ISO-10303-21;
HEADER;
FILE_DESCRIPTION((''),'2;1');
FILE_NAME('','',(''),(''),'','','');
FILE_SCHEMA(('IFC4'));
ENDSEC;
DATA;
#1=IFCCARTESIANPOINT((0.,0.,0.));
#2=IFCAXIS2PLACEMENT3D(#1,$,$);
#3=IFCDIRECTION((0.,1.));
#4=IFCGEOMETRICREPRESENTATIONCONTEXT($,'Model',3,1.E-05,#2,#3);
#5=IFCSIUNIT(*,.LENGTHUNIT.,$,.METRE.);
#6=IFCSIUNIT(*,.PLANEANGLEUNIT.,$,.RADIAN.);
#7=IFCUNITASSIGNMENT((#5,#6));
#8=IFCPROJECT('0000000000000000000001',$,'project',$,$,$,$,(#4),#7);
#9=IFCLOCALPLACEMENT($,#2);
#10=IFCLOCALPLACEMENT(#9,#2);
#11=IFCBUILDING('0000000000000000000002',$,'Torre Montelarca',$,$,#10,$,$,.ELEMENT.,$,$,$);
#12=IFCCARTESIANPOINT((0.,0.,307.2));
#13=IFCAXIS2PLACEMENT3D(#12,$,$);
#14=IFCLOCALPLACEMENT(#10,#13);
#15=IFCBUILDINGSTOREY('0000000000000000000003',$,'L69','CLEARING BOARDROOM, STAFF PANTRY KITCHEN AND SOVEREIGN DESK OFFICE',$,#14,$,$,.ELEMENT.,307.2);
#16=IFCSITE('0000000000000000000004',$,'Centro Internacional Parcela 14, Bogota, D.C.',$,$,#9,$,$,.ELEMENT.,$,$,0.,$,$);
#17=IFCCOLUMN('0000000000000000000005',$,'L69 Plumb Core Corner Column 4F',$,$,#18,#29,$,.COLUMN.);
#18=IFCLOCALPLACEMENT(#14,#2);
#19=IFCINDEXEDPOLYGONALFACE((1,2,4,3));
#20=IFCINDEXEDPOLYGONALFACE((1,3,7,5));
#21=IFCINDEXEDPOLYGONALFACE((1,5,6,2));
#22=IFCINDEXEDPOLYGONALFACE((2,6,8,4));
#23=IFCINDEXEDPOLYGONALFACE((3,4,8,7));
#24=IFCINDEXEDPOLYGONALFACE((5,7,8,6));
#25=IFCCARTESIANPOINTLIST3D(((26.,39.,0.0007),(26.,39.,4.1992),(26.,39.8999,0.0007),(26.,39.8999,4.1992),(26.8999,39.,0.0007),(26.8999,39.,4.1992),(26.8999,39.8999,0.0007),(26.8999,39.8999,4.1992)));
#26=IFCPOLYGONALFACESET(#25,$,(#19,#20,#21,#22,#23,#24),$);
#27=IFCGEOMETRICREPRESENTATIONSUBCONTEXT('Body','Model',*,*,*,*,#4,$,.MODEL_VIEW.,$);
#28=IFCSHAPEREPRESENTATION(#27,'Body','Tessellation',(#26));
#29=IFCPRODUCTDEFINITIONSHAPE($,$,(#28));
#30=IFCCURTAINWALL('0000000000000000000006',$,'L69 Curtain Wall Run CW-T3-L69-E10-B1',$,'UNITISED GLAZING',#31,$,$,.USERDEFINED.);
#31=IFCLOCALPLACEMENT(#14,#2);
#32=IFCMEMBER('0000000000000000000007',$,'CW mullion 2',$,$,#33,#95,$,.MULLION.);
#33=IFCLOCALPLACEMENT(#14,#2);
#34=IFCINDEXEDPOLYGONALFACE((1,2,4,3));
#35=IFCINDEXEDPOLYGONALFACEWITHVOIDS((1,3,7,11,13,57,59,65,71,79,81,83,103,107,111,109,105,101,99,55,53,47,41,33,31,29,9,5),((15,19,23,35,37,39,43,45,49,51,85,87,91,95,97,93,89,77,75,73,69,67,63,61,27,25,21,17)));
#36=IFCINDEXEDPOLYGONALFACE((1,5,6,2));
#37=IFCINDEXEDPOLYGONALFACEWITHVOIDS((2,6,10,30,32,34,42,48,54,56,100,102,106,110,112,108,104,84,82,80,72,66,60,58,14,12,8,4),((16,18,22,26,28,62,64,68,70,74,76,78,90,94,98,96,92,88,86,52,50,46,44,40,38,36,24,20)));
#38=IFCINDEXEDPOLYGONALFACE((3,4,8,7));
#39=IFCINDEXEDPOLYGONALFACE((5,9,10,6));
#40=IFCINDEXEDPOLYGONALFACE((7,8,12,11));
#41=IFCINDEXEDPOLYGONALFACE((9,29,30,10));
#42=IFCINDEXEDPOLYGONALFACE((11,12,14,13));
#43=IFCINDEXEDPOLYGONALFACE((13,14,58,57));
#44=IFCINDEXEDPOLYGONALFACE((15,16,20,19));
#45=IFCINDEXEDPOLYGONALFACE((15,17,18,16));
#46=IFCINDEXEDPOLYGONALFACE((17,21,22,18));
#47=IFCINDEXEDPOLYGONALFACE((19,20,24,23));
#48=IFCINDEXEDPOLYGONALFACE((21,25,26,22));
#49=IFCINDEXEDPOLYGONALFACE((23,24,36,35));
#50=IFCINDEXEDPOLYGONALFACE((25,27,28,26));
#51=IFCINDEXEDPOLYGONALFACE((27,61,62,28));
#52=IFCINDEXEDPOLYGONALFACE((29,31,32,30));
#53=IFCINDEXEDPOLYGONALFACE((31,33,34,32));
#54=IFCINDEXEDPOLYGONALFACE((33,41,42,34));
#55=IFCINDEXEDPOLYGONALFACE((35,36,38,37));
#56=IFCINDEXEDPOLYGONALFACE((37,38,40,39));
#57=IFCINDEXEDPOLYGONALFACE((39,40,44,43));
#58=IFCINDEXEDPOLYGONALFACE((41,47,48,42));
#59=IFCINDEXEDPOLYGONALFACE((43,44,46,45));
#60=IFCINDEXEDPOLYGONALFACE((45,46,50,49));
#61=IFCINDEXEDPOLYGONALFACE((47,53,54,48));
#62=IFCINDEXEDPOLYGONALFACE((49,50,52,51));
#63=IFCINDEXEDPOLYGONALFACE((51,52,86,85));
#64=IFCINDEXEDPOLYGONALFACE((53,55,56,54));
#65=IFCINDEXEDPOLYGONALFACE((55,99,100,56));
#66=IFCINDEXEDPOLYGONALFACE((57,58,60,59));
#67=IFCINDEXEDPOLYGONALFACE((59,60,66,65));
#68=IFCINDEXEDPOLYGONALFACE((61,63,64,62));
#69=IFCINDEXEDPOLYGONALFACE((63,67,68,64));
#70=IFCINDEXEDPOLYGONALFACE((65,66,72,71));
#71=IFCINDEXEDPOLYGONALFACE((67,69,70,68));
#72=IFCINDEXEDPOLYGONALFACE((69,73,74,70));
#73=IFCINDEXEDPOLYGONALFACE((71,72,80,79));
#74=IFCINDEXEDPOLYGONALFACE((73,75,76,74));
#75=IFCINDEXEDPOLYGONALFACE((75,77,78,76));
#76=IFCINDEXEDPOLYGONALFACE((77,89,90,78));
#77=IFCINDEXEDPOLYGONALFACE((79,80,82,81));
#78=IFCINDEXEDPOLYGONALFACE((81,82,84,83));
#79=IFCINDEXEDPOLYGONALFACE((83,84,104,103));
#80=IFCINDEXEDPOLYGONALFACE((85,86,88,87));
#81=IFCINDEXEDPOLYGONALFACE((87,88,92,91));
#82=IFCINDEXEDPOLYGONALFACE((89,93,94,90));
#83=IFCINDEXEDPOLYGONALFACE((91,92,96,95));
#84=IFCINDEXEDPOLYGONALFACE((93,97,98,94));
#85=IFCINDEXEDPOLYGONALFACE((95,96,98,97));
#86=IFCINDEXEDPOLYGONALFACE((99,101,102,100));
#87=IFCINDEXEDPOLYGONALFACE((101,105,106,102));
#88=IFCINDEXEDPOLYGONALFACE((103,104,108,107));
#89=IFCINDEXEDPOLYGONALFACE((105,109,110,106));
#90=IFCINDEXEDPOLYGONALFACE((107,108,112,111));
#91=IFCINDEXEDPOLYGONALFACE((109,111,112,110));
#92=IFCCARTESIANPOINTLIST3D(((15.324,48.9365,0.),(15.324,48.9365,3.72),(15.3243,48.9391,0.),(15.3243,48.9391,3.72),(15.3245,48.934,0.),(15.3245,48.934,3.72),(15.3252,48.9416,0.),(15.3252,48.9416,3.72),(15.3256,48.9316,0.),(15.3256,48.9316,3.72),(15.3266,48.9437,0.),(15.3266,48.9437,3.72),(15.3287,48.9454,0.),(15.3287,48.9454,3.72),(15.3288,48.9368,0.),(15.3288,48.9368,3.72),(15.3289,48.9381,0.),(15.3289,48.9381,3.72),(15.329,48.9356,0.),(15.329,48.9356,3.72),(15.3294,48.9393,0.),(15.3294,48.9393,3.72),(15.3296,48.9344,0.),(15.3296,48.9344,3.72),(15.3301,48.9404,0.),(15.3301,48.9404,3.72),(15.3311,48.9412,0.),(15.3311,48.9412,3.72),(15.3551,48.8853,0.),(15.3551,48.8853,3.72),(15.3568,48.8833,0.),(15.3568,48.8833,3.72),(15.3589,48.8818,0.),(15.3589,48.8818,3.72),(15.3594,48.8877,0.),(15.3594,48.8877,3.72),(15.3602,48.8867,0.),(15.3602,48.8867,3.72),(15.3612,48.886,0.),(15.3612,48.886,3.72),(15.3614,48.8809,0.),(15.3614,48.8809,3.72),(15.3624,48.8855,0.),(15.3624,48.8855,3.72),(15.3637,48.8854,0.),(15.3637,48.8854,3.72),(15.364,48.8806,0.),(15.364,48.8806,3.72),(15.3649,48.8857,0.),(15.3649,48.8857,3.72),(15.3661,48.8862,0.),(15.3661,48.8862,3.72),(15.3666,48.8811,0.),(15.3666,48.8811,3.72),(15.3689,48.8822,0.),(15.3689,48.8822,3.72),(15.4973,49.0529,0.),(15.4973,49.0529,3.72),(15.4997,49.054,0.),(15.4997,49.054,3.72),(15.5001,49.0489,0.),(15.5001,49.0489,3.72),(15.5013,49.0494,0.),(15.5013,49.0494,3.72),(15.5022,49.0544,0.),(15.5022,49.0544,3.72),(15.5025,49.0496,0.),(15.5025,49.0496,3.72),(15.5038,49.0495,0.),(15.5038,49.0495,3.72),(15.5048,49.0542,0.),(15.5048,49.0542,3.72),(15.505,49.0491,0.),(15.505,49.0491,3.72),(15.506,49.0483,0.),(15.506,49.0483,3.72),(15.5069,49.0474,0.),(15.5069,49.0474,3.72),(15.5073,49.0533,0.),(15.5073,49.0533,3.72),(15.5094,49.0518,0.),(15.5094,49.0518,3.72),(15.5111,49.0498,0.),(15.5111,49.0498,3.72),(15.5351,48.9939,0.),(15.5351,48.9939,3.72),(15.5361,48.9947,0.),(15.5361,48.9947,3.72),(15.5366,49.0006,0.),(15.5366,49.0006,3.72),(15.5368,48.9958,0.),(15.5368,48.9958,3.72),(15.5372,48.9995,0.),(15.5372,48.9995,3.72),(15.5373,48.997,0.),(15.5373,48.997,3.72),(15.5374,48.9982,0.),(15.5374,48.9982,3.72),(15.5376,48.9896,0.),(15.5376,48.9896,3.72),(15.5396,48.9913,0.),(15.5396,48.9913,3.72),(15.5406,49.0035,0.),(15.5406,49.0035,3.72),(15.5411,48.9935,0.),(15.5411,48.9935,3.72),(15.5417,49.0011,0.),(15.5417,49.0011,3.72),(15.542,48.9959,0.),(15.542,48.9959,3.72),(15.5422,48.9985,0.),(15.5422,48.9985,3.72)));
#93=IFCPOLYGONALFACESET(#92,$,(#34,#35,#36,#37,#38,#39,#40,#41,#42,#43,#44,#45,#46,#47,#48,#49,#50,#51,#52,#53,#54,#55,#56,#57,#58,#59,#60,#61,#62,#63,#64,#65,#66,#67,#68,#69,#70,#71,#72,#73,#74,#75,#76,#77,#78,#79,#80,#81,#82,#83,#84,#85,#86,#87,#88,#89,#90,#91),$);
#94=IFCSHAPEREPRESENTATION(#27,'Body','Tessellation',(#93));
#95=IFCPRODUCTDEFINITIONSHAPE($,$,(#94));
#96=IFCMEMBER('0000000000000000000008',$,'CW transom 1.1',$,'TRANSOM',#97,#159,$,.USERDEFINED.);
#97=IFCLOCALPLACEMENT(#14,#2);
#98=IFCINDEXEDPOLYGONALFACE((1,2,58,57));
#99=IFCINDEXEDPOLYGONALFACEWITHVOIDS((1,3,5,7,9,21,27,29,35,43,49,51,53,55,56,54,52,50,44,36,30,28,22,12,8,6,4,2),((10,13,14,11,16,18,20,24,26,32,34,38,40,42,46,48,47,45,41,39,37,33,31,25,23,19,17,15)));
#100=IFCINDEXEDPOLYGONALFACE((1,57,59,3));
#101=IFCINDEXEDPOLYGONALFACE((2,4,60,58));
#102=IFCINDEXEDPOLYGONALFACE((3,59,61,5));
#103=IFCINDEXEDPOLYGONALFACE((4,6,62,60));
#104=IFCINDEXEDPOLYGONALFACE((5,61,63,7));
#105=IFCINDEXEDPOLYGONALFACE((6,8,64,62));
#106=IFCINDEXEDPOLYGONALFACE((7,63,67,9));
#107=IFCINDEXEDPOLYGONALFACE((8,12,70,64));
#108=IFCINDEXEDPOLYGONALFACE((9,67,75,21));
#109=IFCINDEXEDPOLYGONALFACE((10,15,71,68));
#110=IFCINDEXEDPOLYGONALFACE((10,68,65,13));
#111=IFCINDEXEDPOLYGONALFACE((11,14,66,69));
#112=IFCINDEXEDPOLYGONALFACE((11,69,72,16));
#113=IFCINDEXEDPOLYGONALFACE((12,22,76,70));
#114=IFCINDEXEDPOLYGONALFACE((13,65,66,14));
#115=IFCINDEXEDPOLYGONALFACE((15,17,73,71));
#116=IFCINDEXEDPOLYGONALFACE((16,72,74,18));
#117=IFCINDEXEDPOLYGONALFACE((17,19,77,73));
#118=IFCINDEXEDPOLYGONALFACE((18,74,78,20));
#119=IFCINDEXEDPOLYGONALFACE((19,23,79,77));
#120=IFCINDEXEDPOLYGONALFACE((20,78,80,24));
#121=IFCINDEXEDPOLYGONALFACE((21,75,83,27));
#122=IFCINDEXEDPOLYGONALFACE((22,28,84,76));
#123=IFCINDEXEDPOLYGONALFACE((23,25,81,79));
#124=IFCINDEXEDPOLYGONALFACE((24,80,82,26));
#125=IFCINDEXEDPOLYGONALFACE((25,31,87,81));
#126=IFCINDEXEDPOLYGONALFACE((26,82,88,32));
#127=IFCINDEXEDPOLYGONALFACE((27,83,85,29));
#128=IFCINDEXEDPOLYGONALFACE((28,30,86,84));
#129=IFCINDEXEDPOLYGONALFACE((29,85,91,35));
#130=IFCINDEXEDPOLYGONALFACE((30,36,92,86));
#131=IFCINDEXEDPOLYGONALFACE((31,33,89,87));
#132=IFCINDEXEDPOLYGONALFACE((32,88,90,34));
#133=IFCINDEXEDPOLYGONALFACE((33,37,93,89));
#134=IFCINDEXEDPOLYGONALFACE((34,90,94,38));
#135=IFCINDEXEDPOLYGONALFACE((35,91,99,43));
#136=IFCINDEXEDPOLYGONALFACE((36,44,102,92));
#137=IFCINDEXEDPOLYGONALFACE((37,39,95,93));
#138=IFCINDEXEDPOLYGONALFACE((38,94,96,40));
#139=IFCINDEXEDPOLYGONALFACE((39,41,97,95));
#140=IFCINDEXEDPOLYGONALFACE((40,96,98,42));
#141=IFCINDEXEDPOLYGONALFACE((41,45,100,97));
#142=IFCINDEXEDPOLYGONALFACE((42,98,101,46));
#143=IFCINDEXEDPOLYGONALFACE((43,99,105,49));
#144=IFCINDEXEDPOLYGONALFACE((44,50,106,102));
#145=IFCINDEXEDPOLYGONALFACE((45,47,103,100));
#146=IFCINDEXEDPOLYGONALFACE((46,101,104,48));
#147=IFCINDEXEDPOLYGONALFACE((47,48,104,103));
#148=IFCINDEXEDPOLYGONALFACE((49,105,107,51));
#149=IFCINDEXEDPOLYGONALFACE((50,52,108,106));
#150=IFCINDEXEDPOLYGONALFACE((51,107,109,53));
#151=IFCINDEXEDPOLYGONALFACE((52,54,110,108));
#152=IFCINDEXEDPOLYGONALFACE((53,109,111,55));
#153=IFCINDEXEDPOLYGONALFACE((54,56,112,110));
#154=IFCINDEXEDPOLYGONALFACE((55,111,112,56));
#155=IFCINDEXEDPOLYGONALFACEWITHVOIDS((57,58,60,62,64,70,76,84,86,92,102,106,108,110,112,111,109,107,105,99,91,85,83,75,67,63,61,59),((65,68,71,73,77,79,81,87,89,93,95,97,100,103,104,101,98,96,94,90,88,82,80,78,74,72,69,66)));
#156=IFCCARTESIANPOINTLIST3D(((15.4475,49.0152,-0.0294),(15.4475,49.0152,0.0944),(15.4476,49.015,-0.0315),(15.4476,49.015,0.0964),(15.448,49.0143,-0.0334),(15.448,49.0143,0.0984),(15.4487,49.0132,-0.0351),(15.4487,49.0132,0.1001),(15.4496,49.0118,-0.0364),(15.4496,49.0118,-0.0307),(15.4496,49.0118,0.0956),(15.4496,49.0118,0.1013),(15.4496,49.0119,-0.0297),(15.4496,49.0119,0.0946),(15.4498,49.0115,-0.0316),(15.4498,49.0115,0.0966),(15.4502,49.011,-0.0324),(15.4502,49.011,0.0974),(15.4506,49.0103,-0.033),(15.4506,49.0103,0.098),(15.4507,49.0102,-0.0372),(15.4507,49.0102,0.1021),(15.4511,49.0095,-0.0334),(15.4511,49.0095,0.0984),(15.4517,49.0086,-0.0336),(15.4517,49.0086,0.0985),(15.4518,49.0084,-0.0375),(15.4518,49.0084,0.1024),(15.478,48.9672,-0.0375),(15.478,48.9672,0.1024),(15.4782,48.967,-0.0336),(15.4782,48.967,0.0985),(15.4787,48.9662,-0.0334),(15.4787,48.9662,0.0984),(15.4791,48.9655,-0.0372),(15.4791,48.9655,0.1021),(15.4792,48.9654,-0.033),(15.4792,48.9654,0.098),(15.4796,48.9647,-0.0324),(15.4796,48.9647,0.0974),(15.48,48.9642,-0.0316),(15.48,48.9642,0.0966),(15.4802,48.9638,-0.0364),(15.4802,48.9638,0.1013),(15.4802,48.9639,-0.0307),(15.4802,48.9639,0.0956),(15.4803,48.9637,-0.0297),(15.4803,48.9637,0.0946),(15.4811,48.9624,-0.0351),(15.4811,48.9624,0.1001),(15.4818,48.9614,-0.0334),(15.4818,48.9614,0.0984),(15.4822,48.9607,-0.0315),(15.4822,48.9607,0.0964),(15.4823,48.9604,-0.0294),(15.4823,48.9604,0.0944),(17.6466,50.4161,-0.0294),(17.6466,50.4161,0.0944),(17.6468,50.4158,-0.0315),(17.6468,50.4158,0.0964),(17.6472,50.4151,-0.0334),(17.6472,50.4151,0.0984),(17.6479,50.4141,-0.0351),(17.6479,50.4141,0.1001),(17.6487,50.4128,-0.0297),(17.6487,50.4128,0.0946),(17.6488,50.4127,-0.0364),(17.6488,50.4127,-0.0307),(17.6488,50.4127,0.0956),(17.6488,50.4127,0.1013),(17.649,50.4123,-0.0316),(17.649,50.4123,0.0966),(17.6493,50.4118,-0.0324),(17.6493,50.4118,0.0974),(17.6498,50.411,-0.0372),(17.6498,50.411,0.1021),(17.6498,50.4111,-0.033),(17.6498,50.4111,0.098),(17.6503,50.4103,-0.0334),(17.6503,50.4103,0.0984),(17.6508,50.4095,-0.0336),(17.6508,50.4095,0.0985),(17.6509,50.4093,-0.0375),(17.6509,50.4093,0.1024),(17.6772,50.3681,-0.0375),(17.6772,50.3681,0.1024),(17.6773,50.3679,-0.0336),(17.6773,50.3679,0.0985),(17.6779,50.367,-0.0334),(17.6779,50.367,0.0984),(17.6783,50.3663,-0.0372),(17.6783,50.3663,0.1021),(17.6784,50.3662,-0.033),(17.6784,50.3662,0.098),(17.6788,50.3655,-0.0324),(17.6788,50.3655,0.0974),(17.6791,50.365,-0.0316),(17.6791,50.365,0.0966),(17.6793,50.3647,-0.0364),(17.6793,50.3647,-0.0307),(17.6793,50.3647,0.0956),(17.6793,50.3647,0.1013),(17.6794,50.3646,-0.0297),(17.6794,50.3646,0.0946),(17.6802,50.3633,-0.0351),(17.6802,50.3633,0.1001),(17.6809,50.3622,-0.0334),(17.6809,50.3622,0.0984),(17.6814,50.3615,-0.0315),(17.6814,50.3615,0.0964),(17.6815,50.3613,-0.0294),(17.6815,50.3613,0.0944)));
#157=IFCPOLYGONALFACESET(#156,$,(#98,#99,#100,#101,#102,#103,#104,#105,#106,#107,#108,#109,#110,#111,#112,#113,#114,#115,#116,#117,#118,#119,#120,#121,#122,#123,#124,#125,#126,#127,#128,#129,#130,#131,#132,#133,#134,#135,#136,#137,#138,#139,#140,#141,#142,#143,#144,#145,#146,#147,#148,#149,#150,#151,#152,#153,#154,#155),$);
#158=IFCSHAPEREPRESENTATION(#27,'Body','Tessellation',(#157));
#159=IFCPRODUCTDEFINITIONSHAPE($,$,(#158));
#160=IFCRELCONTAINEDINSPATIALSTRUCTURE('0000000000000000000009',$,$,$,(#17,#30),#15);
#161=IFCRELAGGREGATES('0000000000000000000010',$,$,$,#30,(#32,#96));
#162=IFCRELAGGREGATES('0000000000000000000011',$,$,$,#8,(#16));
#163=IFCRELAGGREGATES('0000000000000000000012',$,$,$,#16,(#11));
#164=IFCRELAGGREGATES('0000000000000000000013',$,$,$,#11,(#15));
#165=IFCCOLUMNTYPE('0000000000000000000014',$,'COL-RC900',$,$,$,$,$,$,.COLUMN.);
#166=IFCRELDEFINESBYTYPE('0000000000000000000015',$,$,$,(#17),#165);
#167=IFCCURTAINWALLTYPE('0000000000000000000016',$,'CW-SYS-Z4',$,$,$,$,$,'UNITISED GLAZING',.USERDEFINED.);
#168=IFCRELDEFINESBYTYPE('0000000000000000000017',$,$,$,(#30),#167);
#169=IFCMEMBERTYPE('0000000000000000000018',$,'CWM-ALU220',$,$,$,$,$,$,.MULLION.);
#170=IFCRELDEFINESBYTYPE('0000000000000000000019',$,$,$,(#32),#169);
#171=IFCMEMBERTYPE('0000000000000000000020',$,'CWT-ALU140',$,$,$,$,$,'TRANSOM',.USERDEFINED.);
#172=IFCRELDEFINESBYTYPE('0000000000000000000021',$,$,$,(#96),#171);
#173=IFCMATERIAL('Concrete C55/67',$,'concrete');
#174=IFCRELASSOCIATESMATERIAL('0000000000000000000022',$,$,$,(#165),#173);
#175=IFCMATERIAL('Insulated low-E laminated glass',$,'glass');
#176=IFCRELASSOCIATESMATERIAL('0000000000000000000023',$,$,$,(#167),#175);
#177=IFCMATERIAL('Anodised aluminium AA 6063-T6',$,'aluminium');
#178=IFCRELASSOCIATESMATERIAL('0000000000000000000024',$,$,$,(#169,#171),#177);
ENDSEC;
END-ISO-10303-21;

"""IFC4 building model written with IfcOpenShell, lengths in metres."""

from ifc_helpers import new_model, si_unit, direction, frame, origin, origin_2d, place, context, subcontext, project, spatial, rectangle, hollow_rectangle, extrude, source, transform, mapped, material, material_profile, profile_set, type_object, element, aggregate, save


model = new_model("IFC4")

# Units and contexts
model_context = context("Model", 3, precision=1e-05, world=origin(), true_north=direction((0.0, 1.0)))
body_context = subcontext(model_context, "Body", "Model", "MODEL_VIEW")
ifc_project = project(units=[si_unit("LENGTHUNIT", "METRE"), si_unit("PLANEANGLEUNIT", "RADIAN")], contexts=[model_context])

# Site, building, storey
site_placement = place(None, origin())
site = spatial("IfcSite", under=ifc_project, at=site_placement, Name="Centro Internacional Parcela 14, Bogota, D.C.", CompositionType="ELEMENT", RefElevation=0.0)
building_placement = place(site_placement, origin())
building = spatial("IfcBuilding", under=site, at=building_placement, Name="Torre Montelarca", CompositionType="ELEMENT")
storey_placement = place(building_placement, frame((0.0, 0.0, 307.2)))
storey = spatial("IfcBuildingStorey", under=building, at=storey_placement, Name="L69", Description="CLEARING BOARDROOM, STAFF PANTRY KITCHEN AND SOVEREIGN DESK OFFICE", CompositionType="ELEMENT", Elevation=307.2)

# Column
ifc_material_1 = material(Name="Concrete C55/67", Category="concrete")
ifc_material_profile_1 = material_profile(ifc_material_1, rectangle(XDim=0.8999, YDim=0.8999, at=origin_2d()), Name="RC900X900", Category="concrete")
ifc_profile_set_1 = profile_set([ifc_material_profile_1], Name="Concrete C55/67")
column_type = type_object("IfcColumnType", Name="COL-RC900", PredefinedType="COLUMN", material=ifc_profile_set_1)
shared_shape_1 = source(origin(), body_context, "Body", "SweptSolid", [
    extrude(rectangle(XDim=0.8999, YDim=0.8999, at=origin_2d()), origin(), (0.0, 0.0, 1.0), 4.1985),
])
column_placement = place(storey_placement, frame((26.45, 39.45, 0.0007), z_axis=(0.0, 0.0, 1.0), x_axis=(1.0, 0.0, 0.0)))
element("IfcColumn", 1, at=column_placement, inside=storey, type_object=column_type, Name="L69 Plumb Core Corner Column 4F", PredefinedType="COLUMN", context=body_context, shape_type="MappedRepresentation", body=[
    mapped(shared_shape_1, transform((0.0, 0.0, 0.0), scale=1.0)),
])

# Curtain wall, members
ifc_material_2 = material(Name="Insulated low-E laminated glass", Category="glass")
curtain_wall_type = type_object("IfcCurtainWallType", Name="CW-SYS-Z4", ElementType="UNITISED GLAZING", PredefinedType="USERDEFINED", material=ifc_material_2)
curtain_wall_placement = place(storey_placement, origin())
curtain_wall = element("IfcCurtainWall", 2, at=curtain_wall_placement, inside=storey, type_object=curtain_wall_type, Name="L69 Curtain Wall Run CW-T3-L69-E10-B1", ObjectType="UNITISED GLAZING", PredefinedType="USERDEFINED")
ifc_material_3 = material(Name="Anodised aluminium AA 6063-T6", Category="aluminium")
ifc_material_profile_2 = material_profile(ifc_material_3, hollow_rectangle(XDim=0.075, YDim=0.22, WallThickness=0.0049, InnerFilletRadius=0.0049, OuterFilletRadius=0.01, at=origin_2d()), Name="ALU75X220X5", Category="aluminium")
ifc_profile_set_2 = profile_set([ifc_material_profile_2], Name="Anodised aluminium AA 6063-T6")
member_type_1 = type_object("IfcMemberType", Name="CWM-ALU220", PredefinedType="MULLION", material=ifc_profile_set_2)
shared_shape_2 = source(origin(), body_context, "Body", "SweptSolid", [
    extrude(hollow_rectangle(XDim=0.075, YDim=0.22, WallThickness=0.0049, InnerFilletRadius=0.0049, OuterFilletRadius=0.01, at=origin_2d()), origin(), (0.0, 0.0, 1.0), 3.72),
])
member_1_placement = place(storey_placement, frame((15.4331, 48.9675, 0.0), z_axis=(0.0, 0.0, 1.0), x_axis=(0.537302, -0.84339, 0.0)))
member_1 = element("IfcMember", 3, at=member_1_placement, type_object=member_type_1, Name="CW mullion 2", PredefinedType="MULLION", context=body_context, shape_type="MappedRepresentation", body=[
    mapped(shared_shape_2, transform((0.0, 0.0, 0.0), scale=1.0)),
])
ifc_material_profile_3 = material_profile(ifc_material_3, hollow_rectangle(XDim=0.0649, YDim=0.1399, WallThickness=0.0039, InnerFilletRadius=0.0039, OuterFilletRadius=0.0081, at=origin_2d()), Name="ALU65X140X4", Category="aluminium")
ifc_profile_set_3 = profile_set([ifc_material_profile_3], Name="Anodised aluminium AA 6063-T6")
member_type_2 = type_object("IfcMemberType", Name="CWT-ALU140", ElementType="TRANSOM", PredefinedType="USERDEFINED", material=ifc_profile_set_3)
shared_shape_3 = source(origin(), body_context, "Body", "SweptSolid", [
    extrude(hollow_rectangle(XDim=0.0649, YDim=0.1399, WallThickness=0.0039, InnerFilletRadius=0.0039, OuterFilletRadius=0.0081, at=origin_2d()), origin(), (0.0, 0.0, 1.0), 2.6074),
])
member_2_placement = place(storey_placement, frame((17.6641, 50.3887, 0.0325), z_axis=(-0.843422, -0.537251, 0.0), x_axis=(0.537251, -0.843422, 0.0)))
member_2 = element("IfcMember", 4, at=member_2_placement, type_object=member_type_2, Name="CW transom 1.1", ObjectType="TRANSOM", PredefinedType="USERDEFINED", context=body_context, shape_type="MappedRepresentation", body=[
    mapped(shared_shape_3, transform((0.0, 0.0, 0.0), scale=1.0)),
])
aggregate(curtain_wall, [member_1, member_2])

save(model, "model.ifc")
